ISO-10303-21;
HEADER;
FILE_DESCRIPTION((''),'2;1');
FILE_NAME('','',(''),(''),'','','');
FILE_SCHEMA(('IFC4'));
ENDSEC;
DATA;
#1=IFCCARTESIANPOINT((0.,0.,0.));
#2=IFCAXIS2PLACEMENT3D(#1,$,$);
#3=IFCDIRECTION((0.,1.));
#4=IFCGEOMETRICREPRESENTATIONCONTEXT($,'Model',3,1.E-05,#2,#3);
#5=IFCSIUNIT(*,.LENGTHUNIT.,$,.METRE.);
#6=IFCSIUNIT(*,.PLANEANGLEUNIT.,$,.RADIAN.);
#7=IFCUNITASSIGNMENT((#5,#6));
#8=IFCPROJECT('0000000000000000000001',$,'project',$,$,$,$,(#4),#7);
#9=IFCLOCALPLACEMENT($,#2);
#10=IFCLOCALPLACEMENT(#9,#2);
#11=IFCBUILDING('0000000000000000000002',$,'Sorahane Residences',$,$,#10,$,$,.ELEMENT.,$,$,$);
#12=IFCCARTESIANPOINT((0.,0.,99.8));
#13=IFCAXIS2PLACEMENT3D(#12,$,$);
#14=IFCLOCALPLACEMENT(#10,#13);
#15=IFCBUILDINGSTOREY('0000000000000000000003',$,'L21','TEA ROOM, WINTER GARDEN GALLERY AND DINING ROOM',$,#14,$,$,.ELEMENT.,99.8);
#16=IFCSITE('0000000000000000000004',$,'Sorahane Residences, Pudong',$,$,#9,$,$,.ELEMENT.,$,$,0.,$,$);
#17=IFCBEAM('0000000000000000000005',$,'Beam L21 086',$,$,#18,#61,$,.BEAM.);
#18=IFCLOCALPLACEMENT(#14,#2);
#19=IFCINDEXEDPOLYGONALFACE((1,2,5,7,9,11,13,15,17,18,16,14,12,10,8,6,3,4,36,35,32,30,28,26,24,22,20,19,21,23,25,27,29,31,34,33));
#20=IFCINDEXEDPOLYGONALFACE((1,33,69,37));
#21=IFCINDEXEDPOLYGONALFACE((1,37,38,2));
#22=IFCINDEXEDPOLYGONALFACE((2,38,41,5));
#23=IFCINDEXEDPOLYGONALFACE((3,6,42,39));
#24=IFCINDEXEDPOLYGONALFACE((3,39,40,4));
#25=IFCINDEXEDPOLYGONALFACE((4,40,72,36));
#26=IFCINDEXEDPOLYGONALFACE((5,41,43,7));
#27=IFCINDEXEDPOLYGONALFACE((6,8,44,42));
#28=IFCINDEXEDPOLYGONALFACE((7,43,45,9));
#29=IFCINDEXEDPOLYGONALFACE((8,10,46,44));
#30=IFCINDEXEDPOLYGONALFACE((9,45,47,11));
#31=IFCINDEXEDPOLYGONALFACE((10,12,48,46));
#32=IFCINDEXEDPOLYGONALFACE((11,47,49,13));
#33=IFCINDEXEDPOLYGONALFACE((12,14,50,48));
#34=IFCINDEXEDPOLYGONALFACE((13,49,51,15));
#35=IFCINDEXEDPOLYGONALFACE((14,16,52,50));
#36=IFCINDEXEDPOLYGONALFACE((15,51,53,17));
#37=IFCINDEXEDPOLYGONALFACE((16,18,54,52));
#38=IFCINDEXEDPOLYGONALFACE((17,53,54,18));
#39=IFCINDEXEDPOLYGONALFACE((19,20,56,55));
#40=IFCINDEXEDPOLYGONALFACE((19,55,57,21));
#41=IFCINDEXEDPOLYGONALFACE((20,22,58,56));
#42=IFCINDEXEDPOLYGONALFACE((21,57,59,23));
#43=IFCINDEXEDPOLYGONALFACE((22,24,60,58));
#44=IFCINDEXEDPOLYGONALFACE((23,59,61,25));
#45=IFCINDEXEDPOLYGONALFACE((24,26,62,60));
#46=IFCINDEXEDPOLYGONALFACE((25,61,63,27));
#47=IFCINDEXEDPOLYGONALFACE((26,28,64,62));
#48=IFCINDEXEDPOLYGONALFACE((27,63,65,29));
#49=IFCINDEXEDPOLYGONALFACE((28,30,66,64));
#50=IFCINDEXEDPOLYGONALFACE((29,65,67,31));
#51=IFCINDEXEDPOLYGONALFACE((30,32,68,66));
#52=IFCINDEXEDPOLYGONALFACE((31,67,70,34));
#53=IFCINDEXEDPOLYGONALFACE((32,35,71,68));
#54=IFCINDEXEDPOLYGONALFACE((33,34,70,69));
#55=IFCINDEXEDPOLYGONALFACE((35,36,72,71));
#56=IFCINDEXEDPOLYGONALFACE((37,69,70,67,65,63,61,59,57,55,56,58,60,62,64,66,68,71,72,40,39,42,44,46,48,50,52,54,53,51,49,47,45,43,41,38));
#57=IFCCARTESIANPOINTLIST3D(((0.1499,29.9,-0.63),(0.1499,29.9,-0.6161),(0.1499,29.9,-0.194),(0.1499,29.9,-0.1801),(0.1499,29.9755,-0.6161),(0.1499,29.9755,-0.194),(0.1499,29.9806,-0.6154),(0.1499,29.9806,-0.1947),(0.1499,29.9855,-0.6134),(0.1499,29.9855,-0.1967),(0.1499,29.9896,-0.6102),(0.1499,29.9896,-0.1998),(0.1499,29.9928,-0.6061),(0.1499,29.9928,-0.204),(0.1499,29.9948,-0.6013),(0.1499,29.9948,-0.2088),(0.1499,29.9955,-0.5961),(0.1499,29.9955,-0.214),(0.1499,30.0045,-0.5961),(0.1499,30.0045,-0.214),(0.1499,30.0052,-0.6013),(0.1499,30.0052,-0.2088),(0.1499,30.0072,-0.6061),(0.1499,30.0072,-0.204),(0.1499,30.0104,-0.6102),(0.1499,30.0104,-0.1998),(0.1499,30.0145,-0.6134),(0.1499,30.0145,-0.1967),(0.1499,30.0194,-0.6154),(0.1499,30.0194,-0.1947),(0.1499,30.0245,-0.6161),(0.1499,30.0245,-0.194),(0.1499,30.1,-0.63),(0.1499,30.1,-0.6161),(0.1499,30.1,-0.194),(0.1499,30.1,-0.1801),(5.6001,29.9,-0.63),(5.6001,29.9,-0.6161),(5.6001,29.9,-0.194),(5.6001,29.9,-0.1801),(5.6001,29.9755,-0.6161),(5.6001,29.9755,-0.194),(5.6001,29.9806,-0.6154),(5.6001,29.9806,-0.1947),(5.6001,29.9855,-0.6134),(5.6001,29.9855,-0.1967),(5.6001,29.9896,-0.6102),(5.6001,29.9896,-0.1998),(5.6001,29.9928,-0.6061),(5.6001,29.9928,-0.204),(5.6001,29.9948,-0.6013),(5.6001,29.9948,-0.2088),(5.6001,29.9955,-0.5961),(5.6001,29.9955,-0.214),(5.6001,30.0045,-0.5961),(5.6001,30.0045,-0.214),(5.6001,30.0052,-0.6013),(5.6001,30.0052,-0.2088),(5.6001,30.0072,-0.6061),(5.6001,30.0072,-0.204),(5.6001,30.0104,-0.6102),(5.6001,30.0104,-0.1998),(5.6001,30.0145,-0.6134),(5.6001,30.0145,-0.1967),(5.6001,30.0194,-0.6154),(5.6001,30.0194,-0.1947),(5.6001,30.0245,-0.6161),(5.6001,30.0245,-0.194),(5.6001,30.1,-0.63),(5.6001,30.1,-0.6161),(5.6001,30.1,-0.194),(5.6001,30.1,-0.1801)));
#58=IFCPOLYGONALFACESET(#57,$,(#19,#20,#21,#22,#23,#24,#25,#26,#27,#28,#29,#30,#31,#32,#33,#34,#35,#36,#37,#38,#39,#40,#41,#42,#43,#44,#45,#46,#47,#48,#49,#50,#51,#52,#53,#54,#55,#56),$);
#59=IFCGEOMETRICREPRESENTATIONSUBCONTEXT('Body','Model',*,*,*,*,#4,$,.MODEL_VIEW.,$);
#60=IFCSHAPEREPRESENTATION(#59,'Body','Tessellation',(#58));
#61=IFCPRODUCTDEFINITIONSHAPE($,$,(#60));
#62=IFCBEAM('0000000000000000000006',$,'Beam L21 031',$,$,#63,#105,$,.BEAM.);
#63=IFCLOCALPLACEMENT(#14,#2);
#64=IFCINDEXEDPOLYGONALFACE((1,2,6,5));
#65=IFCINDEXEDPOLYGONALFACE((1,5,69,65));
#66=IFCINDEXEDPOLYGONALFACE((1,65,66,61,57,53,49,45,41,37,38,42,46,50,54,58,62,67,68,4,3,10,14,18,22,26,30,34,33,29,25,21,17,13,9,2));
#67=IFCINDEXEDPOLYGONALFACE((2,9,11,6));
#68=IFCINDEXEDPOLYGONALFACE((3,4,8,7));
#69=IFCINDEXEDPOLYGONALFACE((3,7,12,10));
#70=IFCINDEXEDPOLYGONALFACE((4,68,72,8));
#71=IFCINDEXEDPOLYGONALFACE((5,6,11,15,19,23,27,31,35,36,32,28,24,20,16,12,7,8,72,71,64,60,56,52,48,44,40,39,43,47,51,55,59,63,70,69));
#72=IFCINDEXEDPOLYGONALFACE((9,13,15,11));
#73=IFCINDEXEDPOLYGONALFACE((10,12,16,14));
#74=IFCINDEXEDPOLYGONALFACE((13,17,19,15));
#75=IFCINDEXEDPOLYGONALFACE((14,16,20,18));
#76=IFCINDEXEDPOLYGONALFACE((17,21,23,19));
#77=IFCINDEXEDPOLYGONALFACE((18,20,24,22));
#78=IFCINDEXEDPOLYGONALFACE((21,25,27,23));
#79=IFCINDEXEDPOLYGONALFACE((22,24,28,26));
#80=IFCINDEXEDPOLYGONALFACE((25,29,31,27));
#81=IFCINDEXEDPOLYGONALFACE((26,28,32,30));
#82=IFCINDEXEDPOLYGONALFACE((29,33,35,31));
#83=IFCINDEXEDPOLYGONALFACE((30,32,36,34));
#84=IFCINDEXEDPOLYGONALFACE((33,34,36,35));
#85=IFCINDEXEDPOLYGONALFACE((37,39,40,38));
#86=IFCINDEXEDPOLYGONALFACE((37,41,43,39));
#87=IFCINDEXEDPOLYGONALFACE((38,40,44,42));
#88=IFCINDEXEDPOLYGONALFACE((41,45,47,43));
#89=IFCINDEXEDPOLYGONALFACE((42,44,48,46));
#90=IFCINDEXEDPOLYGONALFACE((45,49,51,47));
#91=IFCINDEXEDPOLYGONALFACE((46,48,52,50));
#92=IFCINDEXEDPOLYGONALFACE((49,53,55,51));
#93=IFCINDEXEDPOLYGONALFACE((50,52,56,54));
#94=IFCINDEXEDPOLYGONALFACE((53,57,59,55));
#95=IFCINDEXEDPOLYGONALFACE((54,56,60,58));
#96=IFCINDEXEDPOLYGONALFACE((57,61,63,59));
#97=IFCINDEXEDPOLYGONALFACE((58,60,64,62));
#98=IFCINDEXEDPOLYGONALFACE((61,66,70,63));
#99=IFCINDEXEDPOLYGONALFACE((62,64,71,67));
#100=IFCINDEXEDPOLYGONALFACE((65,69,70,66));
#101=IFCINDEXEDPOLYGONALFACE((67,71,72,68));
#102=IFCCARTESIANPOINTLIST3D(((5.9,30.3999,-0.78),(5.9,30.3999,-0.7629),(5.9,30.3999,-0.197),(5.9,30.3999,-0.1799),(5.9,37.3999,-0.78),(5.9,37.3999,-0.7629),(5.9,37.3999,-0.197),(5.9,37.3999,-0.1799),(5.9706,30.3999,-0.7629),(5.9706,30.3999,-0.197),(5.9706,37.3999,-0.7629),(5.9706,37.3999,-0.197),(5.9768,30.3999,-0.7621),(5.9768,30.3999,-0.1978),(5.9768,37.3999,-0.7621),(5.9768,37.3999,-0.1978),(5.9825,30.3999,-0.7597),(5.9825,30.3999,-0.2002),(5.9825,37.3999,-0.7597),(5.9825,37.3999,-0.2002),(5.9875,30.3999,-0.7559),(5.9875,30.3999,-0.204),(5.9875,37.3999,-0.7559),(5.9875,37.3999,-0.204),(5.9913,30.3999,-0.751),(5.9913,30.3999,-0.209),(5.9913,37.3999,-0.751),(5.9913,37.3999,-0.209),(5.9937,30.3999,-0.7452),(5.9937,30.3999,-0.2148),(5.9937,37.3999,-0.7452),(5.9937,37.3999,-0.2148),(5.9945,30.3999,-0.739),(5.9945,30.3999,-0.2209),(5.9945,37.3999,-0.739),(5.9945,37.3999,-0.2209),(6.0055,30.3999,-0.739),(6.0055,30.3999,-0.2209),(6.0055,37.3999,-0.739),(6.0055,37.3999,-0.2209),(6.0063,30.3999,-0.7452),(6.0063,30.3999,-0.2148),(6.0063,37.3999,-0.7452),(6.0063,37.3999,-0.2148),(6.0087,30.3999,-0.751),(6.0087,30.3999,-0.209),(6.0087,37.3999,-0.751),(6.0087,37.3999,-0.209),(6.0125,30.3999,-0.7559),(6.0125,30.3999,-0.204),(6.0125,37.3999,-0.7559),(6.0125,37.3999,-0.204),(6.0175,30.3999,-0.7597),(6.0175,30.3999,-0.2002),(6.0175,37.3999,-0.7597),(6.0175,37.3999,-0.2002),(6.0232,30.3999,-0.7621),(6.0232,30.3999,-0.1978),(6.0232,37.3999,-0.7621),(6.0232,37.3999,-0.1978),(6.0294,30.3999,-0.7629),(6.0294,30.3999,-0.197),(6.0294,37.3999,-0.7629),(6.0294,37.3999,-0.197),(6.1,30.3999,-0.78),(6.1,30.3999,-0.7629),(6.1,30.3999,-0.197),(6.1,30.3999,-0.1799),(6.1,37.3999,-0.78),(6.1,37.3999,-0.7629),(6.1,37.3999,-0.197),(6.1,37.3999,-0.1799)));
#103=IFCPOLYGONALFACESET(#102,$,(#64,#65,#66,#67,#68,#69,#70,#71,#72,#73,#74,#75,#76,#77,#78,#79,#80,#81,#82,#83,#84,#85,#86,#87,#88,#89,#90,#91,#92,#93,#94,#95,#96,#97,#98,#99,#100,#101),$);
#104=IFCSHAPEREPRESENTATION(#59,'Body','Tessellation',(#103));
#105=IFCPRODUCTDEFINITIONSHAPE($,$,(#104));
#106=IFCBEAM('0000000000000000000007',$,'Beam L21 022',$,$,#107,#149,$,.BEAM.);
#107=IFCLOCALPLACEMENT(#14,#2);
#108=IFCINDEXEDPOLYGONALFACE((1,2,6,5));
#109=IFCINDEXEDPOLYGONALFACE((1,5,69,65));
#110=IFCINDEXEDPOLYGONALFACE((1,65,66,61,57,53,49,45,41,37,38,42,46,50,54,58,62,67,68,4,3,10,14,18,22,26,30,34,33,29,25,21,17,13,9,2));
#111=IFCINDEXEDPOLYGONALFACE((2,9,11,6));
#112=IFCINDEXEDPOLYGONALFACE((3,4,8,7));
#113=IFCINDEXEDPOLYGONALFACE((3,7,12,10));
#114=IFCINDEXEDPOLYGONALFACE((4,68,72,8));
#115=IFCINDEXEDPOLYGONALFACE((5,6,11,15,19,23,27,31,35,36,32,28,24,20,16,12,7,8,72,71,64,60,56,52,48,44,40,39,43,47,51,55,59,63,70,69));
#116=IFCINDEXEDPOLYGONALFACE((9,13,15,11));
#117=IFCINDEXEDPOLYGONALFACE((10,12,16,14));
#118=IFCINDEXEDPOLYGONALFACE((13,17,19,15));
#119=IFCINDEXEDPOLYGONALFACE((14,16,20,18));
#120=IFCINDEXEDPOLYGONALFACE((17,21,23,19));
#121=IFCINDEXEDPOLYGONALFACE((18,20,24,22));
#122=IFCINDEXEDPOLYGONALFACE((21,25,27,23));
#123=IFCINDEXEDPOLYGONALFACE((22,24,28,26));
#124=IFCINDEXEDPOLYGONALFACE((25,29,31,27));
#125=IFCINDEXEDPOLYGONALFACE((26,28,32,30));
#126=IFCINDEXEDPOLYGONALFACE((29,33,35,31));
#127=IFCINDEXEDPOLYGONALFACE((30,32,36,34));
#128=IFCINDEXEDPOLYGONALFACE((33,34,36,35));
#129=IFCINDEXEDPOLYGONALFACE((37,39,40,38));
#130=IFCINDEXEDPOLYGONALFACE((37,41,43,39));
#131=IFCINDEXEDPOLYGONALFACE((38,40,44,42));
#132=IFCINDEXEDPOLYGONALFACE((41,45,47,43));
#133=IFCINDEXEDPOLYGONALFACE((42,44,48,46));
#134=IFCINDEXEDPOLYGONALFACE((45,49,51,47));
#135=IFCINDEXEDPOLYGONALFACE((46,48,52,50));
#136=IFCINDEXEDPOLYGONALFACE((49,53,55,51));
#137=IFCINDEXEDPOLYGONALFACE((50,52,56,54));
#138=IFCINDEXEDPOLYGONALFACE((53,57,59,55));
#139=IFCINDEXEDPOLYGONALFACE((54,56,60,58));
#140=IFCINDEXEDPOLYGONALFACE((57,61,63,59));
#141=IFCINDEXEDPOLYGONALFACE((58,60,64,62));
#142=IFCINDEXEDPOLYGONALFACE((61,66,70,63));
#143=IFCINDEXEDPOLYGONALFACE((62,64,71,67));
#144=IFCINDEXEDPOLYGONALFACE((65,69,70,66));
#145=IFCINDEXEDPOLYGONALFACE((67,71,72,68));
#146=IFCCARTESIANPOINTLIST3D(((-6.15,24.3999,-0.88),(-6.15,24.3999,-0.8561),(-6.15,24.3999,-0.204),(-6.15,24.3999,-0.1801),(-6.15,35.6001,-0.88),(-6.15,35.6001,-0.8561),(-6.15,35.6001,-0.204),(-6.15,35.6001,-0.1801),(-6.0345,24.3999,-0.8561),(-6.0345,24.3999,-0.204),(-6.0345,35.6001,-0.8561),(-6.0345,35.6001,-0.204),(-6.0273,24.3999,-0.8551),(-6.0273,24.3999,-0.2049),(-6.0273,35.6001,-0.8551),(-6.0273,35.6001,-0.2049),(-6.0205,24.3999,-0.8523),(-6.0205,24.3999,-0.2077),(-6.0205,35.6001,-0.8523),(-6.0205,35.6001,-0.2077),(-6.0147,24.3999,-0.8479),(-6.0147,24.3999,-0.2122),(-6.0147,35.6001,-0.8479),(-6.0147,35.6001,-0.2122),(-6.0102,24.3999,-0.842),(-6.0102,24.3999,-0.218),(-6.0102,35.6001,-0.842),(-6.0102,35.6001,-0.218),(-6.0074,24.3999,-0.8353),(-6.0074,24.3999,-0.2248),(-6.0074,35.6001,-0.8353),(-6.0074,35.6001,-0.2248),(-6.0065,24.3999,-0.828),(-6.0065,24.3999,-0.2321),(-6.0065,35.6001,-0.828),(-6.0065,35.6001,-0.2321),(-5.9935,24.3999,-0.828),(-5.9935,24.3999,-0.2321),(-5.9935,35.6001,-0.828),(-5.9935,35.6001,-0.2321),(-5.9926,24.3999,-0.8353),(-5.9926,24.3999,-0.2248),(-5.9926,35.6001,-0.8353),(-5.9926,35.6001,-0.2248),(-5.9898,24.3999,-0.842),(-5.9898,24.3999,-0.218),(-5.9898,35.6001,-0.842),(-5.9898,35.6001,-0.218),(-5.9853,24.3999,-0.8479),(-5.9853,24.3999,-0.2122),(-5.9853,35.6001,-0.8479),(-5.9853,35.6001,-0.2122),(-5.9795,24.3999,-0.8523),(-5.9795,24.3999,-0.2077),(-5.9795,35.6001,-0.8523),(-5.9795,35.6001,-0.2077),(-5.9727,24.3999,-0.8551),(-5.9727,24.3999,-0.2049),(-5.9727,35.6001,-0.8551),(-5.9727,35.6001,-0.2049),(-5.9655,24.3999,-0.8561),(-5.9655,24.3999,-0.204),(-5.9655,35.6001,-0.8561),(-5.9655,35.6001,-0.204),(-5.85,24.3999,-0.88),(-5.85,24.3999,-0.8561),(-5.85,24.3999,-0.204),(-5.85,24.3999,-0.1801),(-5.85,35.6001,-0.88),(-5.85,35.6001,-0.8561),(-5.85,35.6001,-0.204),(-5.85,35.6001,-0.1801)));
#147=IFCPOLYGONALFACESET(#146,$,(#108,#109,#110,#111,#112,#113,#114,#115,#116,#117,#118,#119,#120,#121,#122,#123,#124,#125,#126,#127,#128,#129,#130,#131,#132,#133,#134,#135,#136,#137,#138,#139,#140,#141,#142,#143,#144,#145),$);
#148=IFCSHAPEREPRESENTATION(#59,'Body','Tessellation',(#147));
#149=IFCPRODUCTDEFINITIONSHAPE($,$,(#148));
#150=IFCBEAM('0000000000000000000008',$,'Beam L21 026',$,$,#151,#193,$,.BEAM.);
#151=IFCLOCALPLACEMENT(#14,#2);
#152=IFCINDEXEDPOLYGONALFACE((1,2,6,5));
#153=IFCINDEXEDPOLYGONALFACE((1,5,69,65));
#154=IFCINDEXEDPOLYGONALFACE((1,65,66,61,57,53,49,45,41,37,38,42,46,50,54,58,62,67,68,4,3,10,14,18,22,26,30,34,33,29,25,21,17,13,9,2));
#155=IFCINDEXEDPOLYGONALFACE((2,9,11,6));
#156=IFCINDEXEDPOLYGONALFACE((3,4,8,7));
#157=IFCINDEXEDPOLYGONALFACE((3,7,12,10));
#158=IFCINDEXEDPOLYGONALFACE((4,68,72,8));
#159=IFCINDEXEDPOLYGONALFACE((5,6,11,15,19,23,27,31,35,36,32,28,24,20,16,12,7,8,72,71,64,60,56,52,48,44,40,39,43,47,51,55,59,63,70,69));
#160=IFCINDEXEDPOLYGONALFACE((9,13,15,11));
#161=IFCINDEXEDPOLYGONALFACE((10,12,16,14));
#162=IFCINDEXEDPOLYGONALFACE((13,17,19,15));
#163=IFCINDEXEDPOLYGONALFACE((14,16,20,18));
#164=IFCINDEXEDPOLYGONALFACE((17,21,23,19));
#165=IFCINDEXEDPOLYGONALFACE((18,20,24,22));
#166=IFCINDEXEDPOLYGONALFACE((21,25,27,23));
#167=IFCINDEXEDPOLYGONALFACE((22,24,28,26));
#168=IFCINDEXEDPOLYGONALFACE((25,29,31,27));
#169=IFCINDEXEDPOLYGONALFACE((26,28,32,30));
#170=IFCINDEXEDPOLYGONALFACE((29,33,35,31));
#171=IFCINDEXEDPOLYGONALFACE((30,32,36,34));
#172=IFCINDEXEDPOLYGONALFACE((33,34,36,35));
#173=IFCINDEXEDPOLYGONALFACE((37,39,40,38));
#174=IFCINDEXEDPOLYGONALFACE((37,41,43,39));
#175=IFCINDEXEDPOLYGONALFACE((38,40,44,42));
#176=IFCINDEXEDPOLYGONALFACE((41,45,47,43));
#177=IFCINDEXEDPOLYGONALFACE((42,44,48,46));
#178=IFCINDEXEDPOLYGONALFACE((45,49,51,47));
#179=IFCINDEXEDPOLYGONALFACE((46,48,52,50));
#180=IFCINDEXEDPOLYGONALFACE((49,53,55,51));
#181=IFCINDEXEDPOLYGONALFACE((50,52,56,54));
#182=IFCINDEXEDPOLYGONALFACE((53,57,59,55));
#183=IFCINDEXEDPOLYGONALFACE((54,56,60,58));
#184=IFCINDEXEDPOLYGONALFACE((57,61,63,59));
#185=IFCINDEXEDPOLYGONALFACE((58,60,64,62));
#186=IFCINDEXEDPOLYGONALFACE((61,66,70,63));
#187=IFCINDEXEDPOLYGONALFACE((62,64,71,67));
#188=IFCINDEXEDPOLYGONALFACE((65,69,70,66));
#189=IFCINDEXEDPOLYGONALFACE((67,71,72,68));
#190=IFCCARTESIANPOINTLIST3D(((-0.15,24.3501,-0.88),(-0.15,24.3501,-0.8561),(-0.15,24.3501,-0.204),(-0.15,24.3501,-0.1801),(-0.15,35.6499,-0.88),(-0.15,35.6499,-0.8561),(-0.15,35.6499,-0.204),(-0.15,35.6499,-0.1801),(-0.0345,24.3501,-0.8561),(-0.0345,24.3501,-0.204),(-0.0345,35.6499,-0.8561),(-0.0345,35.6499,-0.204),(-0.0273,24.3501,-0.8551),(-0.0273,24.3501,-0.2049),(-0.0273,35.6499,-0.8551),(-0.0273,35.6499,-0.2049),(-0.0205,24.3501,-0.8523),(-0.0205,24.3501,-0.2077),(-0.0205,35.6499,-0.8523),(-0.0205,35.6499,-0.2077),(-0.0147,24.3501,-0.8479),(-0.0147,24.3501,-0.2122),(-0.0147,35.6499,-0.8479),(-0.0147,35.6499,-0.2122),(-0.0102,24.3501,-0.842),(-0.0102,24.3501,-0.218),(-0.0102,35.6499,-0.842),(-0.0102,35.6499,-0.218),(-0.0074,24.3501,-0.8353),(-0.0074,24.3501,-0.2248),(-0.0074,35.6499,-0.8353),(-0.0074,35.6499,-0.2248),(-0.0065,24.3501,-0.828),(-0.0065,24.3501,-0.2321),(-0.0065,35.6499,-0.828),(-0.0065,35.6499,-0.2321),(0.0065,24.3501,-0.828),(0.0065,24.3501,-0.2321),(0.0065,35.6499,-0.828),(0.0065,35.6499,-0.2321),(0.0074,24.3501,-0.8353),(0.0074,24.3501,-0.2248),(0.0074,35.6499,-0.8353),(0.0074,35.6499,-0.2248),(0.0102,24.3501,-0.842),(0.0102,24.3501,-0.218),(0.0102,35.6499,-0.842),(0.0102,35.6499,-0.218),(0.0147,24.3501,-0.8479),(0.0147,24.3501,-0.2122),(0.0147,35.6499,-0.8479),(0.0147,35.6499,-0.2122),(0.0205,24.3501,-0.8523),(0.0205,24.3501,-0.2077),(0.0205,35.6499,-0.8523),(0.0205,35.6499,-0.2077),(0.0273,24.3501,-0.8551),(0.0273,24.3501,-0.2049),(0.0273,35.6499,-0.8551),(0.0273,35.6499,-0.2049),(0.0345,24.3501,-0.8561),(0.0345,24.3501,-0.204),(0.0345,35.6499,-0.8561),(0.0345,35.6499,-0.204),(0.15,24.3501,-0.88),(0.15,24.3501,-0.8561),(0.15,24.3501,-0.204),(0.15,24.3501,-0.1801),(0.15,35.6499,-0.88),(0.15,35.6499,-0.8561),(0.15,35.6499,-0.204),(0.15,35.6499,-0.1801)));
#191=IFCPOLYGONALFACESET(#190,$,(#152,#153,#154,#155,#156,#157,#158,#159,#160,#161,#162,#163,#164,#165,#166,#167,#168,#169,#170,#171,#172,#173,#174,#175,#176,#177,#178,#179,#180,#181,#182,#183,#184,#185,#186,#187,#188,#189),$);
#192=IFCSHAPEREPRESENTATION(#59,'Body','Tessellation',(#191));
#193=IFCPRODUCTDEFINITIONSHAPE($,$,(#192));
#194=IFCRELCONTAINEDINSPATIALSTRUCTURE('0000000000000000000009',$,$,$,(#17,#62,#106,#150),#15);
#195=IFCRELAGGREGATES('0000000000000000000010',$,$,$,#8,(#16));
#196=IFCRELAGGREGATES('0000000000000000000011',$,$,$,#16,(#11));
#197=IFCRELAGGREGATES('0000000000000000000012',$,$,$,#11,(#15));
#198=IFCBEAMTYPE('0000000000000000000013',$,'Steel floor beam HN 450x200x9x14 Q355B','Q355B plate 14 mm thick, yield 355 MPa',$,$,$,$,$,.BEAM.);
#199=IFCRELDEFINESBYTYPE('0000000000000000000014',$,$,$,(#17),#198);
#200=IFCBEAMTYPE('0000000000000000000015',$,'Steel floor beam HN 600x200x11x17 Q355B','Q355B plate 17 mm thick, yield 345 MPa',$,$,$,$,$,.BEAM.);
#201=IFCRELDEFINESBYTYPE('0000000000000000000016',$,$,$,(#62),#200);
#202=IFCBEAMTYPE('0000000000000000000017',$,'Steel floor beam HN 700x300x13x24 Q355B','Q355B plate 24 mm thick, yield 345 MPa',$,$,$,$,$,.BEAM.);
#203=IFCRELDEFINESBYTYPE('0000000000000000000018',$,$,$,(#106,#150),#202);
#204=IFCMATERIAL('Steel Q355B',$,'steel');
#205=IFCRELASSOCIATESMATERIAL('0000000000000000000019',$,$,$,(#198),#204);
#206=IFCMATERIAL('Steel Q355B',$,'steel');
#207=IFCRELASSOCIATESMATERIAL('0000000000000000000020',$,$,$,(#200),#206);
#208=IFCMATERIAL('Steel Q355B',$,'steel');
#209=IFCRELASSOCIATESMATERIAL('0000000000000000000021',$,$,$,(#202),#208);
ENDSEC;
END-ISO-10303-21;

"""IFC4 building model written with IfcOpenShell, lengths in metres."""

from ifc_helpers import new_model, si_unit, direction, frame, origin, origin_2d, place, context, subcontext, project, spatial, i_section, extrude, material, material_profile, profile_set, type_object, element, save


model = new_model("IFC4")

# Units and contexts
model_context = context("Model", 3, precision=1e-05, world=origin(), true_north=direction((0.0, 1.0)))
body_context = subcontext(model_context, "Body", "Model", "MODEL_VIEW")
ifc_project = project(units=[si_unit("LENGTHUNIT", "METRE"), si_unit("PLANEANGLEUNIT", "RADIAN")], contexts=[model_context])

# Site, building, storey
site_placement = place(None, origin())
site = spatial("IfcSite", under=ifc_project, at=site_placement, Name="Sorahane Residences, Pudong", CompositionType="ELEMENT", RefElevation=0.0)
building_placement = place(site_placement, origin())
building = spatial("IfcBuilding", under=site, at=building_placement, Name="Sorahane Residences", CompositionType="ELEMENT")
storey_placement = place(building_placement, frame((0.0, 0.0, 99.8)))
storey = spatial("IfcBuildingStorey", under=building, at=storey_placement, Name="L21", Description="TEA ROOM, WINTER GARDEN GALLERY AND DINING ROOM", CompositionType="ELEMENT", Elevation=99.8)

# Beams
ifc_material_1 = material(Name="Steel Q355B", Category="steel")
ifc_material_profile_1 = material_profile(ifc_material_1, i_section(OverallWidth=0.2, OverallDepth=0.45, WebThickness=0.009, FlangeThickness=0.0139, FilletRadius=0.02, at=origin_2d()), Name="HN 450x200x9x14")
ifc_profile_set_1 = profile_set([ifc_material_profile_1], Name="Steel Q355B")
beam_type_1 = type_object("IfcBeamType", Name="Steel floor beam HN 450x200x9x14 Q355B", Description="Q355B plate 14 mm thick, yield 355 MPa", PredefinedType="BEAM", material=ifc_profile_set_1)
beam_1_placement = place(storey_placement, frame((0.1499, 30.0, -0.405), z_axis=(1.0, 0.0, 0.0), x_axis=(0.0, 1.0, 0.0)))
element("IfcBeam", 1, at=beam_1_placement, inside=storey, type_object=beam_type_1, Name="Beam L21 086", PredefinedType="BEAM", context=body_context, shape_type="SweptSolid", body=[
    extrude(i_section(OverallWidth=0.2, OverallDepth=0.45, WebThickness=0.009, FlangeThickness=0.0139, FilletRadius=0.02, at=origin_2d()), origin(), (0.0, 0.0, 1.0), 5.4502),
])
ifc_material_2 = material(Name="Steel Q355B", Category="steel")
ifc_material_profile_2 = material_profile(ifc_material_2, i_section(OverallWidth=0.2, OverallDepth=0.6001, WebThickness=0.011, FlangeThickness=0.0171, FilletRadius=0.0239, at=origin_2d()), Name="HN 600x200x11x17")
ifc_profile_set_2 = profile_set([ifc_material_profile_2], Name="Steel Q355B")
beam_type_2 = type_object("IfcBeamType", Name="Steel floor beam HN 600x200x11x17 Q355B", Description="Q355B plate 17 mm thick, yield 345 MPa", PredefinedType="BEAM", material=ifc_profile_set_2)
beam_2_placement = place(storey_placement, frame((6.0, 30.3999, -0.48), z_axis=(0.0, 1.0, 0.0), x_axis=(-1.0, 0.0, 0.0)))
element("IfcBeam", 2, at=beam_2_placement, inside=storey, type_object=beam_type_2, Name="Beam L21 031", PredefinedType="BEAM", context=body_context, shape_type="SweptSolid", body=[
    extrude(i_section(OverallWidth=0.2, OverallDepth=0.6001, WebThickness=0.011, FlangeThickness=0.0171, FilletRadius=0.0239, at=origin_2d()), origin(), (0.0, 0.0, 1.0), 7.0),
])
ifc_material_3 = material(Name="Steel Q355B", Category="steel")
ifc_material_profile_3 = material_profile(ifc_material_3, i_section(OverallWidth=0.3, OverallDepth=0.7, WebThickness=0.0129, FlangeThickness=0.0239, FilletRadius=0.0281, at=origin_2d()), Name="HN 700x300x13x24")
ifc_profile_set_3 = profile_set([ifc_material_profile_3], Name="Steel Q355B")
beam_type_3 = type_object("IfcBeamType", Name="Steel floor beam HN 700x300x13x24 Q355B", Description="Q355B plate 24 mm thick, yield 345 MPa", PredefinedType="BEAM", material=ifc_profile_set_3)
beam_3_placement = place(storey_placement, frame((-6.0, 24.3999, -0.53), z_axis=(0.0, 1.0, 0.0), x_axis=(-1.0, 0.0, 0.0)))
element("IfcBeam", 3, at=beam_3_placement, inside=storey, type_object=beam_type_3, Name="Beam L21 022", PredefinedType="BEAM", context=body_context, shape_type="SweptSolid", body=[
    extrude(i_section(OverallWidth=0.3, OverallDepth=0.7, WebThickness=0.0129, FlangeThickness=0.0239, FilletRadius=0.0281, at=origin_2d()), origin(), (0.0, 0.0, 1.0), 11.2002),
])
beam_4_placement = place(storey_placement, frame((0.0, 24.3501, -0.53), z_axis=(0.0, 1.0, 0.0), x_axis=(-1.0, 0.0, 0.0)))
element("IfcBeam", 4, at=beam_4_placement, inside=storey, type_object=beam_type_3, Name="Beam L21 026", PredefinedType="BEAM", context=body_context, shape_type="SweptSolid", body=[
    extrude(i_section(OverallWidth=0.3, OverallDepth=0.7, WebThickness=0.0129, FlangeThickness=0.0239, FilletRadius=0.0281, at=origin_2d()), origin(), (0.0, 0.0, 1.0), 11.2998),
])

save(model, "model.ifc")
